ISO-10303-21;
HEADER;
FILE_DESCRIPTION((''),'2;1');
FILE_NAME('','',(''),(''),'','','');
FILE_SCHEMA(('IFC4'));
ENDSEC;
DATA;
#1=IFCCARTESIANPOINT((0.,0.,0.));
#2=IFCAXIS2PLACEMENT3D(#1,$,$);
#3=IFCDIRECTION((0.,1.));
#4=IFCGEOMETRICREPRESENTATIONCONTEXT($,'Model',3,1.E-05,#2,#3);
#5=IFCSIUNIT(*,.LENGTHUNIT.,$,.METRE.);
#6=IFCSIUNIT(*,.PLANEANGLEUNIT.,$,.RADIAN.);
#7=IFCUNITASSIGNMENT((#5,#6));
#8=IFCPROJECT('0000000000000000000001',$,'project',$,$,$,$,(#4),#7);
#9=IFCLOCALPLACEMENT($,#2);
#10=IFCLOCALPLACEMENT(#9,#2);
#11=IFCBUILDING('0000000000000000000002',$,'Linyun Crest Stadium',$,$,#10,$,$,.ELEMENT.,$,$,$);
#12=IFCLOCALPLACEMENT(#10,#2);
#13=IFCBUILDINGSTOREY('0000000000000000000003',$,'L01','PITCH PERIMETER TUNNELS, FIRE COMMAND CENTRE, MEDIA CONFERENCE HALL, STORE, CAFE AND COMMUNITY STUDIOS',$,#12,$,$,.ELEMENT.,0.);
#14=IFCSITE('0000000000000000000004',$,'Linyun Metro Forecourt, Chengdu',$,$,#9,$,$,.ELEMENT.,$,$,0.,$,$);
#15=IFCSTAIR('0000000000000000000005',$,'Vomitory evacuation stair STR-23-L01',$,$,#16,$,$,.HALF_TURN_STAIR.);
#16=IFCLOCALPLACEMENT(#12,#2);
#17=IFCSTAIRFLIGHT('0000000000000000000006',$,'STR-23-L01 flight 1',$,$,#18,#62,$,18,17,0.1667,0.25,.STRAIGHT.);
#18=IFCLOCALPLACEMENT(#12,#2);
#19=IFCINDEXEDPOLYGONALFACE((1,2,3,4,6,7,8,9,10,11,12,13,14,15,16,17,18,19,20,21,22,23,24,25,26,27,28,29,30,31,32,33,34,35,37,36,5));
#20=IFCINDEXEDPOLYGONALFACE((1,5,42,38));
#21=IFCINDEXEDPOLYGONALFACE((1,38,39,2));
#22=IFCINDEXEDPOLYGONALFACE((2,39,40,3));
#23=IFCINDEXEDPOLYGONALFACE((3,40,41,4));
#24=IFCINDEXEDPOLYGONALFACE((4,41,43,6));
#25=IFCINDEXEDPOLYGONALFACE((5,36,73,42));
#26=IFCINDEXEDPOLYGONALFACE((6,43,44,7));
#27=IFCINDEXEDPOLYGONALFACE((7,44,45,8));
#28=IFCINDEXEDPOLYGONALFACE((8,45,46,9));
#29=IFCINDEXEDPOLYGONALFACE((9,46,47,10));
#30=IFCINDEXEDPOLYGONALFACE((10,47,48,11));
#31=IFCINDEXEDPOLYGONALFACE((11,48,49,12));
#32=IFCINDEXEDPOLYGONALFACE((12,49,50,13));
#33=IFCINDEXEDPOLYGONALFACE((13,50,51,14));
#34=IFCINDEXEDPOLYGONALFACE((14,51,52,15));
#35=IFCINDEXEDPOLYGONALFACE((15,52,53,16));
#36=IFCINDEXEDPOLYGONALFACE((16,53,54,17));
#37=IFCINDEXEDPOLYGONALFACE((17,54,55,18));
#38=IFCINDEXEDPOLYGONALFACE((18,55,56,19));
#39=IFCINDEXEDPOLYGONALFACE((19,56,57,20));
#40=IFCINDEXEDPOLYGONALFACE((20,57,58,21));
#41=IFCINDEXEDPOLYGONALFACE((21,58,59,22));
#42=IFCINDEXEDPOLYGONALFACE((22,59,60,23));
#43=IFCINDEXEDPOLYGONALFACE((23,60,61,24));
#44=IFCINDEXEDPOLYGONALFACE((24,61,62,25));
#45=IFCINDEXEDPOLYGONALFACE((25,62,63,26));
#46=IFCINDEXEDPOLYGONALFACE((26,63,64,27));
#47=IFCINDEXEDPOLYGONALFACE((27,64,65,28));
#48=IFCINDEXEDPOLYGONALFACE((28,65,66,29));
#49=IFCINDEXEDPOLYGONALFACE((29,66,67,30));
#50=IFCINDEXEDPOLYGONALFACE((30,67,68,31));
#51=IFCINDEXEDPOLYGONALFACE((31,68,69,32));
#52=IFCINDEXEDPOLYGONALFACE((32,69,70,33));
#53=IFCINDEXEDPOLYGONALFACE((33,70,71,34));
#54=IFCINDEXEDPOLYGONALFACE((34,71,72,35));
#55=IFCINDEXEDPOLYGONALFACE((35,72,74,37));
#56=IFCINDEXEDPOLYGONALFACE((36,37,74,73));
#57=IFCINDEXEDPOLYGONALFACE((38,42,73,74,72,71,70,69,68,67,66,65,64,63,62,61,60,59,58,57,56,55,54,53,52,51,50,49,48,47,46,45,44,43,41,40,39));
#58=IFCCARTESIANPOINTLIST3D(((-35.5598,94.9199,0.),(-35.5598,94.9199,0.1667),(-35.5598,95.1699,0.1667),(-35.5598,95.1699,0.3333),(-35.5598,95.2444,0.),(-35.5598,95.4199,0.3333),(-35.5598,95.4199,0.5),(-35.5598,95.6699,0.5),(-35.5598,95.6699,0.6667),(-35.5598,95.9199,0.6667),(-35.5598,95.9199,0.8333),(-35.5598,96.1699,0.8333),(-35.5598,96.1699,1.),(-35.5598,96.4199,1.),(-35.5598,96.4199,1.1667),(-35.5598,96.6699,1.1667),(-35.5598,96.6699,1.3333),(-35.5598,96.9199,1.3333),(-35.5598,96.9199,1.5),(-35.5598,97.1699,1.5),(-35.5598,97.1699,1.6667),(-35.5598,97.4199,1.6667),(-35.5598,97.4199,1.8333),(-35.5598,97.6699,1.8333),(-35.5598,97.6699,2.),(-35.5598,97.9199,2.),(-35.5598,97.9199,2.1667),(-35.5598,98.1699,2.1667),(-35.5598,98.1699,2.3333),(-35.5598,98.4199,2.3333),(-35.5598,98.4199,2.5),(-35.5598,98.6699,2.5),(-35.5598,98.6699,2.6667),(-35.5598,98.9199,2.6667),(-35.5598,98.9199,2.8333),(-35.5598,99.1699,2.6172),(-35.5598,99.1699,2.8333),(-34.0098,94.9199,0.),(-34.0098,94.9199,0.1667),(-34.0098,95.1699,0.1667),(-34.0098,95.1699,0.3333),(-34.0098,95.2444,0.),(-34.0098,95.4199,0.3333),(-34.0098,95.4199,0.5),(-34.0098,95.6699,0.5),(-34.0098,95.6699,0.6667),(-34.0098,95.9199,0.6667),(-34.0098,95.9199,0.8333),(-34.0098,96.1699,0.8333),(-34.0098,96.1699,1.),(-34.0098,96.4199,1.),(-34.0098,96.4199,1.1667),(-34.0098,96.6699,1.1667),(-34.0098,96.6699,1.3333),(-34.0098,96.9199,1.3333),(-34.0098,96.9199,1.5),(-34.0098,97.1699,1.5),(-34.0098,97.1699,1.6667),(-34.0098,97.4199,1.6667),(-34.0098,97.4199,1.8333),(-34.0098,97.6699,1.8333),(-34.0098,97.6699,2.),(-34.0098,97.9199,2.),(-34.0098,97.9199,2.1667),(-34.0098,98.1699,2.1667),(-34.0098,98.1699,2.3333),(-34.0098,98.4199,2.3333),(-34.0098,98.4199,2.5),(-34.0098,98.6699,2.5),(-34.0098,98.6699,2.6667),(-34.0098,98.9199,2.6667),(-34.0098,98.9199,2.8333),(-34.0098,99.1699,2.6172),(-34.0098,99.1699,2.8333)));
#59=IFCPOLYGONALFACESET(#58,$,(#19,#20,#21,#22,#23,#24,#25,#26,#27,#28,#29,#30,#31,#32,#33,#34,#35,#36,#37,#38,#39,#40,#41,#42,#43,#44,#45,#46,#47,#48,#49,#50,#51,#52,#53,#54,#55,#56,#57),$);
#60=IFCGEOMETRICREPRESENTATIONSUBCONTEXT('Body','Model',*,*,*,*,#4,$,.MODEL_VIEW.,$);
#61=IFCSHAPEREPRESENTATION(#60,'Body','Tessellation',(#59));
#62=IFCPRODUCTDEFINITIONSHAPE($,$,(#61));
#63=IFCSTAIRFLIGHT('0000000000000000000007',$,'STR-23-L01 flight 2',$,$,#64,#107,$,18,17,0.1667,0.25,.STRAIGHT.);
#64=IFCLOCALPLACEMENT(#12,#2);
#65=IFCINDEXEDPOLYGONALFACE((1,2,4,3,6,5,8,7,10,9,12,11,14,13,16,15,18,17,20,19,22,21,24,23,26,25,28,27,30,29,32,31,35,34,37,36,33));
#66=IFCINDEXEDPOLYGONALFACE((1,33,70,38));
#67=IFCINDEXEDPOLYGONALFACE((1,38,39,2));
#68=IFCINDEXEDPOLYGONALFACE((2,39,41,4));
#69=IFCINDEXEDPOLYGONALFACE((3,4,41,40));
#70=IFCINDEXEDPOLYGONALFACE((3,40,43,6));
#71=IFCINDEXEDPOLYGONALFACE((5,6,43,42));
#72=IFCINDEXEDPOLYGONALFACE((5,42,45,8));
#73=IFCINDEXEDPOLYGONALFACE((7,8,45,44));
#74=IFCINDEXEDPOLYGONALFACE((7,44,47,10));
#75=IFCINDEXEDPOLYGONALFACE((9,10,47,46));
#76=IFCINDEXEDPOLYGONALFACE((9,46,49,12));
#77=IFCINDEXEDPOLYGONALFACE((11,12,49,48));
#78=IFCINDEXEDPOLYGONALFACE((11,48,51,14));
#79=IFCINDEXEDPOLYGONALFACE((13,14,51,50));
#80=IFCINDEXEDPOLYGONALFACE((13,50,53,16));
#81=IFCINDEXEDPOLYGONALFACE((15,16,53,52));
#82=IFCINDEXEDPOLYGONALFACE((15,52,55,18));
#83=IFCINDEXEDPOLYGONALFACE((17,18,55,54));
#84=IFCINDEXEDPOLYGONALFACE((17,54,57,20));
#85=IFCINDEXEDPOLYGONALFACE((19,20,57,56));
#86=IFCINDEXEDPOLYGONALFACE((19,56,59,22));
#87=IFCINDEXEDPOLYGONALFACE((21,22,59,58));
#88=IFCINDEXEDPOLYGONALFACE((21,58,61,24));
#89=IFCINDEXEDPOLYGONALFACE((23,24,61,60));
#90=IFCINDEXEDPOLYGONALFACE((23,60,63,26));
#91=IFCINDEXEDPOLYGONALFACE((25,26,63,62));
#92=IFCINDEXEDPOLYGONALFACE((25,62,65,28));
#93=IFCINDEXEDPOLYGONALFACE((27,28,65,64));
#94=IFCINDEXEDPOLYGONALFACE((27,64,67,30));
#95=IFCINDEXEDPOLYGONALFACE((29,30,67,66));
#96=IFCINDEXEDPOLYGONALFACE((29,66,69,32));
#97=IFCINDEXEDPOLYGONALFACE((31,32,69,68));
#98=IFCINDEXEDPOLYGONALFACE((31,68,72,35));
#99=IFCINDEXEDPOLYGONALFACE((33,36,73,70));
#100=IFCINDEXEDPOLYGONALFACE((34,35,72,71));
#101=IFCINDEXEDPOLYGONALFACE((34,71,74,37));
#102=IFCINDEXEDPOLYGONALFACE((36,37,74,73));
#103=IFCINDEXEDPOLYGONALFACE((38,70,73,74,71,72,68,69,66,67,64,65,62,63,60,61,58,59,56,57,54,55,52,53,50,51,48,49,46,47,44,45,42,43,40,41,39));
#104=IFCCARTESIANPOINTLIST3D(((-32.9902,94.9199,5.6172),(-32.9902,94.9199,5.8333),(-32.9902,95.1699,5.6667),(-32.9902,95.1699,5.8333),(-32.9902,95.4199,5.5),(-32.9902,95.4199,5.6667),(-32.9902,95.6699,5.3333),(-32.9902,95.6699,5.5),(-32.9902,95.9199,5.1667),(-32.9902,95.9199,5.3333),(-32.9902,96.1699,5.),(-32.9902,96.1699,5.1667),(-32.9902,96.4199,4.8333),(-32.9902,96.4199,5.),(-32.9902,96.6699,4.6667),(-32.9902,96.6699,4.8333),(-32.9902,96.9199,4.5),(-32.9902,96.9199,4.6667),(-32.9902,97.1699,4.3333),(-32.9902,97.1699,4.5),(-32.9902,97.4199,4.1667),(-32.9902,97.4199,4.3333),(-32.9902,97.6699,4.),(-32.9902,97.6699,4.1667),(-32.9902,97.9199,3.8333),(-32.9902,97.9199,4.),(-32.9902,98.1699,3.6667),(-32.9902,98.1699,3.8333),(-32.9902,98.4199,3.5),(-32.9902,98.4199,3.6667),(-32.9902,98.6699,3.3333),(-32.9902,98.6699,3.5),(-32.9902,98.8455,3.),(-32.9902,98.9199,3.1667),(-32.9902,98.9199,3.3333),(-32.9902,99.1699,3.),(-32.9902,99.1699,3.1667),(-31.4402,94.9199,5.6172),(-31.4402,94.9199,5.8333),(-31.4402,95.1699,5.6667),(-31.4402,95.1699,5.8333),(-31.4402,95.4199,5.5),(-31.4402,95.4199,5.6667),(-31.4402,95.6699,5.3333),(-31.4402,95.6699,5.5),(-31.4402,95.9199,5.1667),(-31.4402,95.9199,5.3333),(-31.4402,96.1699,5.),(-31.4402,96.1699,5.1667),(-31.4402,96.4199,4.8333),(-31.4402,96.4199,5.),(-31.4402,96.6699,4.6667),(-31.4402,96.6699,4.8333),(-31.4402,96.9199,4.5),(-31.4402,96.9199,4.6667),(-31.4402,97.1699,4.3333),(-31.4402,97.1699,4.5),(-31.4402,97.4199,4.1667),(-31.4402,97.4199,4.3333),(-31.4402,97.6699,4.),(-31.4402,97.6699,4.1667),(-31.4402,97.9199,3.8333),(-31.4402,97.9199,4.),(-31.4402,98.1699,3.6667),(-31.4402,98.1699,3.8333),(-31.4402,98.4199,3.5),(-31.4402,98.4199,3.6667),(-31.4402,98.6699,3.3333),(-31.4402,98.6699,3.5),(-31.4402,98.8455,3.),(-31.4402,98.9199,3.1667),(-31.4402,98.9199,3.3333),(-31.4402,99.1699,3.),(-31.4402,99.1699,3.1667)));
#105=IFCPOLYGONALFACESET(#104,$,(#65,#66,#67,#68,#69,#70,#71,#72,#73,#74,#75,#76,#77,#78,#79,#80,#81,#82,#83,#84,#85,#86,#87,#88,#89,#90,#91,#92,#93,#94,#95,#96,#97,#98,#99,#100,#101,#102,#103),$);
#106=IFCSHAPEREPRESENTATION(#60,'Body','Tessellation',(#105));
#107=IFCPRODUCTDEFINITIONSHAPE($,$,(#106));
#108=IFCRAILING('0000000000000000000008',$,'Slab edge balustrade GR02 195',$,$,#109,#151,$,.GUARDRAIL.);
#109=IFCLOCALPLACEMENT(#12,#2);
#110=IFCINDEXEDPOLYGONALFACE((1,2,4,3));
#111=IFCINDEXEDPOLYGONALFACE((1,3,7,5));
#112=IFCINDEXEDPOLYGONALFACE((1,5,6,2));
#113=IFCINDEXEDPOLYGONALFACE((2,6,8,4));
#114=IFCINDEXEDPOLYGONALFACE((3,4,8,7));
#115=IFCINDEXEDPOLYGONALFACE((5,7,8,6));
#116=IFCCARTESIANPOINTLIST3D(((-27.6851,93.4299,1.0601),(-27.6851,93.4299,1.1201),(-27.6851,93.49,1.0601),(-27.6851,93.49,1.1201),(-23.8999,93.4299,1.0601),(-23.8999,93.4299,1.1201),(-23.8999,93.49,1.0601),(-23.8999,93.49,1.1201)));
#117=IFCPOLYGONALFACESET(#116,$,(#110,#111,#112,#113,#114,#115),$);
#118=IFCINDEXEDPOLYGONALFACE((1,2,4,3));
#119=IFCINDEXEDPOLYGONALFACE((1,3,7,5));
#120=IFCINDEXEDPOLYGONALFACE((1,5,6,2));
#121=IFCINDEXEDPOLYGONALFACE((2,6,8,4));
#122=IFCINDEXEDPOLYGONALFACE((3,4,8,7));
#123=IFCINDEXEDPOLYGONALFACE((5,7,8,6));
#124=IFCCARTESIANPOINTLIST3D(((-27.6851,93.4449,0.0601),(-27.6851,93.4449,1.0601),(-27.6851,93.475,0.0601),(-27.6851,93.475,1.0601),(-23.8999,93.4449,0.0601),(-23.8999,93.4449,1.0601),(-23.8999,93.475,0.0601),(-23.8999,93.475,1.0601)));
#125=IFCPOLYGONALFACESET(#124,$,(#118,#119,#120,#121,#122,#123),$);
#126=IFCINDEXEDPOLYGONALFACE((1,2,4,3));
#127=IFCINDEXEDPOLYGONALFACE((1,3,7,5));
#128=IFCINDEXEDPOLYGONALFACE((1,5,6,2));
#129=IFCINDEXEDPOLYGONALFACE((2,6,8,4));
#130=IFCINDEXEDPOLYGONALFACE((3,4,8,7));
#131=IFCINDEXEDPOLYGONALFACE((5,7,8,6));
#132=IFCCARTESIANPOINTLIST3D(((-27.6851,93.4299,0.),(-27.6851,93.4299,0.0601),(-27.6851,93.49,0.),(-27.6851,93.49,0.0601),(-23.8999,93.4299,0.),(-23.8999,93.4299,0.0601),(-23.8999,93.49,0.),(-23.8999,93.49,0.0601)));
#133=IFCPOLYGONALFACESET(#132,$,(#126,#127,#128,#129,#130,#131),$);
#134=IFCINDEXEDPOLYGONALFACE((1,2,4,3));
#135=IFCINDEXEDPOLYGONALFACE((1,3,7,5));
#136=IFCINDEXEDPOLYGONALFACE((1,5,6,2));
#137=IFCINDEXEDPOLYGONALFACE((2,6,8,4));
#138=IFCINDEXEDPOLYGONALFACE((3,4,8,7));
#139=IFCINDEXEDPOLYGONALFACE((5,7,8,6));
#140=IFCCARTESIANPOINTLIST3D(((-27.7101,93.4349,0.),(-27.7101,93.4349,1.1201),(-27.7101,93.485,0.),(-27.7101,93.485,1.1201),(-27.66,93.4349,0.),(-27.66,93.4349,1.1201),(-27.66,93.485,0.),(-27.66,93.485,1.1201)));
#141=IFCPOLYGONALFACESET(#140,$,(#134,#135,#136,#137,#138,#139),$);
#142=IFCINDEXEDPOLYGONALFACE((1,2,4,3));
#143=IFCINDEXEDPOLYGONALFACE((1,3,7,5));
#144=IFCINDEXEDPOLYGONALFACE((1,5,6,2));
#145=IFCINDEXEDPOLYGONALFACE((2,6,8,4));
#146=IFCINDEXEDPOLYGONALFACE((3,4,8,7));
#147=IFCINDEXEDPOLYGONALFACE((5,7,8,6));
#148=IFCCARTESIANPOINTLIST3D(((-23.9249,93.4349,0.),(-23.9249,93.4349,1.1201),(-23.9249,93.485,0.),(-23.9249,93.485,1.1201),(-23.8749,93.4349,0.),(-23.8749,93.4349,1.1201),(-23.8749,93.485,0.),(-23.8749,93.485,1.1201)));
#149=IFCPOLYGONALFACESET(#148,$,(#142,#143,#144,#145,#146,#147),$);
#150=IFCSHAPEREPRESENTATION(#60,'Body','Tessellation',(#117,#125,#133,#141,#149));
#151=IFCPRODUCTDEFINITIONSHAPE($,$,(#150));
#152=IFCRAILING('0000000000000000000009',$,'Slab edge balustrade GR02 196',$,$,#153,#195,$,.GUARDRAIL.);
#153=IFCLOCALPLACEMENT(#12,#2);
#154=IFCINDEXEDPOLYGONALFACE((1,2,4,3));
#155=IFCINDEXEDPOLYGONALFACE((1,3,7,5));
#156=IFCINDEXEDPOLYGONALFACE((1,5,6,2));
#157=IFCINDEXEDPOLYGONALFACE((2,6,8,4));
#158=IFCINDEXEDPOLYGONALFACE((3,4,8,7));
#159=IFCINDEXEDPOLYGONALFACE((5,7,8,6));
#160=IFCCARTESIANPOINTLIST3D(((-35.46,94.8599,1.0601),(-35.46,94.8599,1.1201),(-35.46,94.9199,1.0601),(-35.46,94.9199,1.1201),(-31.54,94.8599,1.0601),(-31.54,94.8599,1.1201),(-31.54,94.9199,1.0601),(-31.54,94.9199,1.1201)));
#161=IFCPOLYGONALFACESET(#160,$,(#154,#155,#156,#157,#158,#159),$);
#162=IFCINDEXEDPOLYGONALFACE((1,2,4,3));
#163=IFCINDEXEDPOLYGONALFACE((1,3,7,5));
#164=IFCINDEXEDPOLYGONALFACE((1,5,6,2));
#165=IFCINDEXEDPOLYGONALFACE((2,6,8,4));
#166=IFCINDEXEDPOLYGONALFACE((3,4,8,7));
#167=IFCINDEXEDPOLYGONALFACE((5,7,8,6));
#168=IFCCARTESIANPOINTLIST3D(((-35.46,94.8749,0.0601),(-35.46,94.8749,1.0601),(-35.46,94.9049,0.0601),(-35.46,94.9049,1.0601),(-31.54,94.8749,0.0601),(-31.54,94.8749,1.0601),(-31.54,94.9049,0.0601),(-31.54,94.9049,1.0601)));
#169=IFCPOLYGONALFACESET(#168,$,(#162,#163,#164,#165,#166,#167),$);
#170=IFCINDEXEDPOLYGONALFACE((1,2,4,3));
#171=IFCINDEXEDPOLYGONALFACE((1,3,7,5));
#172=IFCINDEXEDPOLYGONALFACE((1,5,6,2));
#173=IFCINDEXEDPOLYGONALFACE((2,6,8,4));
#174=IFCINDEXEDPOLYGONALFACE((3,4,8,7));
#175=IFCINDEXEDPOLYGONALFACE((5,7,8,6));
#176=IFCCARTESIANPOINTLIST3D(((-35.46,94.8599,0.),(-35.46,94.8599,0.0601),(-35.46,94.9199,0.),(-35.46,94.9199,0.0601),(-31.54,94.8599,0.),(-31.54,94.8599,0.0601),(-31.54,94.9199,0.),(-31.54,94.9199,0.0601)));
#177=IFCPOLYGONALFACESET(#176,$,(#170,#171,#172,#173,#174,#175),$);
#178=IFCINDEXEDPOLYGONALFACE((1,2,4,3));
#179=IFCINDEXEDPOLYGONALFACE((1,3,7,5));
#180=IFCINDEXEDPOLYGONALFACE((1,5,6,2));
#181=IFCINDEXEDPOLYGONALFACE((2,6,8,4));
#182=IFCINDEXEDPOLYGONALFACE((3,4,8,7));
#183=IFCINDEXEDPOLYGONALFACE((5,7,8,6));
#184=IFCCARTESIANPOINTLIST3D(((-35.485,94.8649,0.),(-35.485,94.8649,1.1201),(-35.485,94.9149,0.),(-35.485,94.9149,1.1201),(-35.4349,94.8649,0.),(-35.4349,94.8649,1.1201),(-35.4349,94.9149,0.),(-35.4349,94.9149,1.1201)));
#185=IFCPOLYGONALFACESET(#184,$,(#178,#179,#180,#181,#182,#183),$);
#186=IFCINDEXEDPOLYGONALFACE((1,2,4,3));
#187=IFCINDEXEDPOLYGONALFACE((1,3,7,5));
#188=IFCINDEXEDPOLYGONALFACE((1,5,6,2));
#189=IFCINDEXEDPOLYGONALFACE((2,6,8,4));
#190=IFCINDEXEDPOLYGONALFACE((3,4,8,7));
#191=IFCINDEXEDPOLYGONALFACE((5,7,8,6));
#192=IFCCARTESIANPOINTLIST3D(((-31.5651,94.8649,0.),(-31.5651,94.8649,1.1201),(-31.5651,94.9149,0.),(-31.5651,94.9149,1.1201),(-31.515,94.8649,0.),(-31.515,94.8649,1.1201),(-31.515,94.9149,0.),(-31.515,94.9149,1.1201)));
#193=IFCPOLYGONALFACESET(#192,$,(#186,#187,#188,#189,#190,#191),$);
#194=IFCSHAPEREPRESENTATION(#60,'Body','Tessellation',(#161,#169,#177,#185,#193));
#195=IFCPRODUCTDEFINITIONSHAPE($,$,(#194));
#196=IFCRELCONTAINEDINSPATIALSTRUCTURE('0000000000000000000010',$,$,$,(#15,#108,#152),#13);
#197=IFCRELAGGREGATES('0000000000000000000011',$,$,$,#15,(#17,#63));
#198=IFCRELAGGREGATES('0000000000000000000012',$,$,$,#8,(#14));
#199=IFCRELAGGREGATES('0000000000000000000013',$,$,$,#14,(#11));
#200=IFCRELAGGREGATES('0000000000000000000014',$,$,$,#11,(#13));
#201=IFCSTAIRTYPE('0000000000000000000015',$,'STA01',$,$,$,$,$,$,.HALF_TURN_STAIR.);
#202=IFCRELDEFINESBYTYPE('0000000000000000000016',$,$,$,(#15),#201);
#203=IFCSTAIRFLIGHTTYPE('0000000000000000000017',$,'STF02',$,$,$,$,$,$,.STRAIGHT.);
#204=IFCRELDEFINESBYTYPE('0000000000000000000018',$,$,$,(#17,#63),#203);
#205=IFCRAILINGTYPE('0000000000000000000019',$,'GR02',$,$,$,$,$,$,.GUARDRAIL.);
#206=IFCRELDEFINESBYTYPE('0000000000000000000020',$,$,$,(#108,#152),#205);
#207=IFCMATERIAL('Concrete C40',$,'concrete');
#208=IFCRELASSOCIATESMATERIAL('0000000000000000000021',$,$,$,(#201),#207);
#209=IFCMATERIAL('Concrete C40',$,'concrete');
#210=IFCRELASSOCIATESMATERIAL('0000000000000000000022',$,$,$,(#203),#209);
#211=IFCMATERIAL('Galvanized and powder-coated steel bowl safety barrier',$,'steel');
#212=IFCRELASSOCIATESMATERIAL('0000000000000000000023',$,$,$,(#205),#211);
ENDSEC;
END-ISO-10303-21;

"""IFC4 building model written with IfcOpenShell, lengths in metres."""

from ifc_helpers import new_model, si_unit, direction, frame, origin, origin_2d, place, context, subcontext, project, spatial, polyline, rectangle, outline, extrude, material, type_object, element, aggregate, save


model = new_model("IFC4")

# Units and contexts
model_context = context("Model", 3, precision=1e-05, world=origin(), true_north=direction((0.0, 1.0)))
body_context = subcontext(model_context, "Body", "Model", "MODEL_VIEW")
ifc_project = project(units=[si_unit("LENGTHUNIT", "METRE"), si_unit("PLANEANGLEUNIT", "RADIAN")], contexts=[model_context])

# Site, building, storey
site_placement = place(None, origin())
site = spatial("IfcSite", under=ifc_project, at=site_placement, Name="Linyun Metro Forecourt, Chengdu", CompositionType="ELEMENT", RefElevation=0.0)
building_placement = place(site_placement, origin())
building = spatial("IfcBuilding", under=site, at=building_placement, Name="Linyun Crest Stadium", CompositionType="ELEMENT")
storey_placement = place(building_placement, origin())
storey = spatial("IfcBuildingStorey", under=building, at=storey_placement, Name="L01", Description="PITCH PERIMETER TUNNELS, FIRE COMMAND CENTRE, MEDIA CONFERENCE HALL, STORE, CAFE AND COMMUNITY STUDIOS", CompositionType="ELEMENT", Elevation=0.0)

# Stair, stair flights
ifc_material_1 = material(Name="Concrete C40", Category="concrete")
stair_type = type_object("IfcStairType", Name="STA01", PredefinedType="HALF_TURN_STAIR", material=ifc_material_1)
stair_1_placement = place(storey_placement, origin())
stair_1 = element("IfcStair", 1, at=stair_1_placement, inside=storey, type_object=stair_type, Name="Vomitory evacuation stair STR-23-L01", PredefinedType="HALF_TURN_STAIR")
ifc_material_2 = material(Name="Concrete C40", Category="concrete")
stair_flight_type_1 = type_object("IfcStairFlightType", Name="STF02", PredefinedType="STRAIGHT", material=ifc_material_2)
stair_flight_1_placement = place(storey_placement, frame((-34.7849, 94.9199, 0.0), z_axis=(0.0, 0.0, 1.0), x_axis=(0.0, 1.0, 0.0)))
stair_flight_1 = element("IfcStairFlight", 2, at=stair_flight_1_placement, type_object=stair_flight_type_1, Name="STR-23-L01 flight 1", NumberOfRisers=18, NumberOfTreads=17, PredefinedType="STRAIGHT", RiserHeight=0.1667, TreadLength=0.25, context=body_context, shape_type="SweptSolid", body=[
    extrude(outline(polyline([(0.0, 0.0), (0.0, 0.1667), (0.25, 0.1667), (0.25, 0.3333), (0.5, 0.3333), (0.5, 0.5), (0.75, 0.5), (0.75, 0.6667), (1.0, 0.6667), (1.0, 0.8333), (1.25, 0.8333), (1.25, 1.0), (1.5, 1.0), (1.5, 1.1667), (1.75, 1.1667), (1.75, 1.3333), (2.0, 1.3333), (2.0, 1.5), (2.25, 1.5), (2.25, 1.6667), (2.5, 1.6667), (2.5, 1.8333), (2.75, 1.8333), (2.75, 2.0), (3.0, 2.0), (3.0, 2.1667), (3.25, 2.1667), (3.25, 2.3333), (3.5, 2.3333), (3.5, 2.5), (3.75, 2.5), (3.75, 2.6667), (4.0, 2.6667), (4.0, 2.8333), (4.25, 2.8333), (4.25, 3.0), (4.25, 2.6172), (0.3245, 0.0), (0.0, 0.0)])), frame((0.0, 0.7749, 0.0), z_axis=(0.0, -1.0, 0.0), x_axis=(1.0, 0.0, 0.0)), (0.0, 0.0, 1.0), 1.55),
])
stair_flight_2_placement = place(storey_placement, frame((-32.2151, 99.1699, 3.0), z_axis=(0.0, 0.0, 1.0), x_axis=(0.0, -1.0, 0.0)))
stair_flight_2 = element("IfcStairFlight", 3, at=stair_flight_2_placement, type_object=stair_flight_type_1, Name="STR-23-L01 flight 2", NumberOfRisers=18, NumberOfTreads=17, PredefinedType="STRAIGHT", RiserHeight=0.1667, TreadLength=0.25, context=body_context, shape_type="SweptSolid", body=[
    extrude(outline(polyline([(0.0, 0.0), (0.0, 0.1667), (0.25, 0.1667), (0.25, 0.3333), (0.5, 0.3333), (0.5, 0.5), (0.75, 0.5), (0.75, 0.6667), (1.0, 0.6667), (1.0, 0.8333), (1.25, 0.8333), (1.25, 1.0), (1.5, 1.0), (1.5, 1.1667), (1.75, 1.1667), (1.75, 1.3333), (2.0, 1.3333), (2.0, 1.5), (2.25, 1.5), (2.25, 1.6667), (2.5, 1.6667), (2.5, 1.8333), (2.75, 1.8333), (2.75, 2.0), (3.0, 2.0), (3.0, 2.1667), (3.25, 2.1667), (3.25, 2.3333), (3.5, 2.3333), (3.5, 2.5), (3.75, 2.5), (3.75, 2.6667), (4.0, 2.6667), (4.0, 2.8333), (4.25, 2.8333), (4.25, 3.0), (4.25, 2.6172), (0.3245, 0.0), (0.0, 0.0)])), frame((0.0, 0.7749, 0.0), z_axis=(0.0, -1.0, 0.0), x_axis=(1.0, 0.0, 0.0)), (0.0, 0.0, 1.0), 1.55),
])
aggregate(stair_1, [stair_flight_1, stair_flight_2])

# Railings
ifc_material_3 = material(Name="Galvanized and powder-coated steel bowl safety barrier", Category="steel")
railing_type_1 = type_object("IfcRailingType", Name="GR02", PredefinedType="GUARDRAIL", material=ifc_material_3)
railing_1_placement = place(storey_placement, frame((-27.6851, 93.46, 0.0)))
element("IfcRailing", 4, at=railing_1_placement, inside=storey, type_object=railing_type_1, Name="Slab edge balustrade GR02 195", PredefinedType="GUARDRAIL", context=body_context, shape_type="SweptSolid", body=[
    extrude(rectangle(XDim=0.0601, YDim=0.0601, at=origin_2d()), frame((0.0, 0.0, 1.0901), z_axis=(1.0, 0.0, 0.0), x_axis=(0.0, 1.0, 0.0)), (0.0, 0.0, 1.0), 3.7852),
    extrude(rectangle(XDim=0.03, YDim=1.0, at=origin_2d()), frame((0.0, 0.0, 0.5601), z_axis=(1.0, 0.0, 0.0), x_axis=(0.0, 1.0, 0.0)), (0.0, 0.0, 1.0), 3.7852),
    extrude(rectangle(XDim=0.0601, YDim=0.0601, at=origin_2d()), frame((0.0, 0.0, 0.03), z_axis=(1.0, 0.0, 0.0), x_axis=(0.0, 1.0, 0.0)), (0.0, 0.0, 1.0), 3.7852),
    extrude(rectangle(XDim=0.05, YDim=0.05, at=origin_2d()), origin(), (0.0, 0.0, 1.0), 1.1201),
    extrude(rectangle(XDim=0.05, YDim=0.05, at=origin_2d()), frame((3.7852, 0.0, 0.0)), (0.0, 0.0, 1.0), 1.1201),
])
railing_2_placement = place(storey_placement, frame((-35.46, 94.8899, 0.0)))
element("IfcRailing", 5, at=railing_2_placement, inside=storey, type_object=railing_type_1, Name="Slab edge balustrade GR02 196", PredefinedType="GUARDRAIL", context=body_context, shape_type="SweptSolid", body=[
    extrude(rectangle(XDim=0.0601, YDim=0.0601, at=origin_2d()), frame((0.0, 0.0, 1.0901), z_axis=(1.0, 0.0, 0.0), x_axis=(0.0, 1.0, 0.0)), (0.0, 0.0, 1.0), 3.9199),
    extrude(rectangle(XDim=0.03, YDim=1.0, at=origin_2d()), frame((0.0, 0.0, 0.5601), z_axis=(1.0, 0.0, 0.0), x_axis=(0.0, 1.0, 0.0)), (0.0, 0.0, 1.0), 3.9199),
    extrude(rectangle(XDim=0.0601, YDim=0.0601, at=origin_2d()), frame((0.0, 0.0, 0.03), z_axis=(1.0, 0.0, 0.0), x_axis=(0.0, 1.0, 0.0)), (0.0, 0.0, 1.0), 3.9199),
    extrude(rectangle(XDim=0.05, YDim=0.05, at=origin_2d()), origin(), (0.0, 0.0, 1.0), 1.1201),
    extrude(rectangle(XDim=0.05, YDim=0.05, at=origin_2d()), frame((3.9199, 0.0, 0.0)), (0.0, 0.0, 1.0), 1.1201),
])

save(model, "model.ifc")
